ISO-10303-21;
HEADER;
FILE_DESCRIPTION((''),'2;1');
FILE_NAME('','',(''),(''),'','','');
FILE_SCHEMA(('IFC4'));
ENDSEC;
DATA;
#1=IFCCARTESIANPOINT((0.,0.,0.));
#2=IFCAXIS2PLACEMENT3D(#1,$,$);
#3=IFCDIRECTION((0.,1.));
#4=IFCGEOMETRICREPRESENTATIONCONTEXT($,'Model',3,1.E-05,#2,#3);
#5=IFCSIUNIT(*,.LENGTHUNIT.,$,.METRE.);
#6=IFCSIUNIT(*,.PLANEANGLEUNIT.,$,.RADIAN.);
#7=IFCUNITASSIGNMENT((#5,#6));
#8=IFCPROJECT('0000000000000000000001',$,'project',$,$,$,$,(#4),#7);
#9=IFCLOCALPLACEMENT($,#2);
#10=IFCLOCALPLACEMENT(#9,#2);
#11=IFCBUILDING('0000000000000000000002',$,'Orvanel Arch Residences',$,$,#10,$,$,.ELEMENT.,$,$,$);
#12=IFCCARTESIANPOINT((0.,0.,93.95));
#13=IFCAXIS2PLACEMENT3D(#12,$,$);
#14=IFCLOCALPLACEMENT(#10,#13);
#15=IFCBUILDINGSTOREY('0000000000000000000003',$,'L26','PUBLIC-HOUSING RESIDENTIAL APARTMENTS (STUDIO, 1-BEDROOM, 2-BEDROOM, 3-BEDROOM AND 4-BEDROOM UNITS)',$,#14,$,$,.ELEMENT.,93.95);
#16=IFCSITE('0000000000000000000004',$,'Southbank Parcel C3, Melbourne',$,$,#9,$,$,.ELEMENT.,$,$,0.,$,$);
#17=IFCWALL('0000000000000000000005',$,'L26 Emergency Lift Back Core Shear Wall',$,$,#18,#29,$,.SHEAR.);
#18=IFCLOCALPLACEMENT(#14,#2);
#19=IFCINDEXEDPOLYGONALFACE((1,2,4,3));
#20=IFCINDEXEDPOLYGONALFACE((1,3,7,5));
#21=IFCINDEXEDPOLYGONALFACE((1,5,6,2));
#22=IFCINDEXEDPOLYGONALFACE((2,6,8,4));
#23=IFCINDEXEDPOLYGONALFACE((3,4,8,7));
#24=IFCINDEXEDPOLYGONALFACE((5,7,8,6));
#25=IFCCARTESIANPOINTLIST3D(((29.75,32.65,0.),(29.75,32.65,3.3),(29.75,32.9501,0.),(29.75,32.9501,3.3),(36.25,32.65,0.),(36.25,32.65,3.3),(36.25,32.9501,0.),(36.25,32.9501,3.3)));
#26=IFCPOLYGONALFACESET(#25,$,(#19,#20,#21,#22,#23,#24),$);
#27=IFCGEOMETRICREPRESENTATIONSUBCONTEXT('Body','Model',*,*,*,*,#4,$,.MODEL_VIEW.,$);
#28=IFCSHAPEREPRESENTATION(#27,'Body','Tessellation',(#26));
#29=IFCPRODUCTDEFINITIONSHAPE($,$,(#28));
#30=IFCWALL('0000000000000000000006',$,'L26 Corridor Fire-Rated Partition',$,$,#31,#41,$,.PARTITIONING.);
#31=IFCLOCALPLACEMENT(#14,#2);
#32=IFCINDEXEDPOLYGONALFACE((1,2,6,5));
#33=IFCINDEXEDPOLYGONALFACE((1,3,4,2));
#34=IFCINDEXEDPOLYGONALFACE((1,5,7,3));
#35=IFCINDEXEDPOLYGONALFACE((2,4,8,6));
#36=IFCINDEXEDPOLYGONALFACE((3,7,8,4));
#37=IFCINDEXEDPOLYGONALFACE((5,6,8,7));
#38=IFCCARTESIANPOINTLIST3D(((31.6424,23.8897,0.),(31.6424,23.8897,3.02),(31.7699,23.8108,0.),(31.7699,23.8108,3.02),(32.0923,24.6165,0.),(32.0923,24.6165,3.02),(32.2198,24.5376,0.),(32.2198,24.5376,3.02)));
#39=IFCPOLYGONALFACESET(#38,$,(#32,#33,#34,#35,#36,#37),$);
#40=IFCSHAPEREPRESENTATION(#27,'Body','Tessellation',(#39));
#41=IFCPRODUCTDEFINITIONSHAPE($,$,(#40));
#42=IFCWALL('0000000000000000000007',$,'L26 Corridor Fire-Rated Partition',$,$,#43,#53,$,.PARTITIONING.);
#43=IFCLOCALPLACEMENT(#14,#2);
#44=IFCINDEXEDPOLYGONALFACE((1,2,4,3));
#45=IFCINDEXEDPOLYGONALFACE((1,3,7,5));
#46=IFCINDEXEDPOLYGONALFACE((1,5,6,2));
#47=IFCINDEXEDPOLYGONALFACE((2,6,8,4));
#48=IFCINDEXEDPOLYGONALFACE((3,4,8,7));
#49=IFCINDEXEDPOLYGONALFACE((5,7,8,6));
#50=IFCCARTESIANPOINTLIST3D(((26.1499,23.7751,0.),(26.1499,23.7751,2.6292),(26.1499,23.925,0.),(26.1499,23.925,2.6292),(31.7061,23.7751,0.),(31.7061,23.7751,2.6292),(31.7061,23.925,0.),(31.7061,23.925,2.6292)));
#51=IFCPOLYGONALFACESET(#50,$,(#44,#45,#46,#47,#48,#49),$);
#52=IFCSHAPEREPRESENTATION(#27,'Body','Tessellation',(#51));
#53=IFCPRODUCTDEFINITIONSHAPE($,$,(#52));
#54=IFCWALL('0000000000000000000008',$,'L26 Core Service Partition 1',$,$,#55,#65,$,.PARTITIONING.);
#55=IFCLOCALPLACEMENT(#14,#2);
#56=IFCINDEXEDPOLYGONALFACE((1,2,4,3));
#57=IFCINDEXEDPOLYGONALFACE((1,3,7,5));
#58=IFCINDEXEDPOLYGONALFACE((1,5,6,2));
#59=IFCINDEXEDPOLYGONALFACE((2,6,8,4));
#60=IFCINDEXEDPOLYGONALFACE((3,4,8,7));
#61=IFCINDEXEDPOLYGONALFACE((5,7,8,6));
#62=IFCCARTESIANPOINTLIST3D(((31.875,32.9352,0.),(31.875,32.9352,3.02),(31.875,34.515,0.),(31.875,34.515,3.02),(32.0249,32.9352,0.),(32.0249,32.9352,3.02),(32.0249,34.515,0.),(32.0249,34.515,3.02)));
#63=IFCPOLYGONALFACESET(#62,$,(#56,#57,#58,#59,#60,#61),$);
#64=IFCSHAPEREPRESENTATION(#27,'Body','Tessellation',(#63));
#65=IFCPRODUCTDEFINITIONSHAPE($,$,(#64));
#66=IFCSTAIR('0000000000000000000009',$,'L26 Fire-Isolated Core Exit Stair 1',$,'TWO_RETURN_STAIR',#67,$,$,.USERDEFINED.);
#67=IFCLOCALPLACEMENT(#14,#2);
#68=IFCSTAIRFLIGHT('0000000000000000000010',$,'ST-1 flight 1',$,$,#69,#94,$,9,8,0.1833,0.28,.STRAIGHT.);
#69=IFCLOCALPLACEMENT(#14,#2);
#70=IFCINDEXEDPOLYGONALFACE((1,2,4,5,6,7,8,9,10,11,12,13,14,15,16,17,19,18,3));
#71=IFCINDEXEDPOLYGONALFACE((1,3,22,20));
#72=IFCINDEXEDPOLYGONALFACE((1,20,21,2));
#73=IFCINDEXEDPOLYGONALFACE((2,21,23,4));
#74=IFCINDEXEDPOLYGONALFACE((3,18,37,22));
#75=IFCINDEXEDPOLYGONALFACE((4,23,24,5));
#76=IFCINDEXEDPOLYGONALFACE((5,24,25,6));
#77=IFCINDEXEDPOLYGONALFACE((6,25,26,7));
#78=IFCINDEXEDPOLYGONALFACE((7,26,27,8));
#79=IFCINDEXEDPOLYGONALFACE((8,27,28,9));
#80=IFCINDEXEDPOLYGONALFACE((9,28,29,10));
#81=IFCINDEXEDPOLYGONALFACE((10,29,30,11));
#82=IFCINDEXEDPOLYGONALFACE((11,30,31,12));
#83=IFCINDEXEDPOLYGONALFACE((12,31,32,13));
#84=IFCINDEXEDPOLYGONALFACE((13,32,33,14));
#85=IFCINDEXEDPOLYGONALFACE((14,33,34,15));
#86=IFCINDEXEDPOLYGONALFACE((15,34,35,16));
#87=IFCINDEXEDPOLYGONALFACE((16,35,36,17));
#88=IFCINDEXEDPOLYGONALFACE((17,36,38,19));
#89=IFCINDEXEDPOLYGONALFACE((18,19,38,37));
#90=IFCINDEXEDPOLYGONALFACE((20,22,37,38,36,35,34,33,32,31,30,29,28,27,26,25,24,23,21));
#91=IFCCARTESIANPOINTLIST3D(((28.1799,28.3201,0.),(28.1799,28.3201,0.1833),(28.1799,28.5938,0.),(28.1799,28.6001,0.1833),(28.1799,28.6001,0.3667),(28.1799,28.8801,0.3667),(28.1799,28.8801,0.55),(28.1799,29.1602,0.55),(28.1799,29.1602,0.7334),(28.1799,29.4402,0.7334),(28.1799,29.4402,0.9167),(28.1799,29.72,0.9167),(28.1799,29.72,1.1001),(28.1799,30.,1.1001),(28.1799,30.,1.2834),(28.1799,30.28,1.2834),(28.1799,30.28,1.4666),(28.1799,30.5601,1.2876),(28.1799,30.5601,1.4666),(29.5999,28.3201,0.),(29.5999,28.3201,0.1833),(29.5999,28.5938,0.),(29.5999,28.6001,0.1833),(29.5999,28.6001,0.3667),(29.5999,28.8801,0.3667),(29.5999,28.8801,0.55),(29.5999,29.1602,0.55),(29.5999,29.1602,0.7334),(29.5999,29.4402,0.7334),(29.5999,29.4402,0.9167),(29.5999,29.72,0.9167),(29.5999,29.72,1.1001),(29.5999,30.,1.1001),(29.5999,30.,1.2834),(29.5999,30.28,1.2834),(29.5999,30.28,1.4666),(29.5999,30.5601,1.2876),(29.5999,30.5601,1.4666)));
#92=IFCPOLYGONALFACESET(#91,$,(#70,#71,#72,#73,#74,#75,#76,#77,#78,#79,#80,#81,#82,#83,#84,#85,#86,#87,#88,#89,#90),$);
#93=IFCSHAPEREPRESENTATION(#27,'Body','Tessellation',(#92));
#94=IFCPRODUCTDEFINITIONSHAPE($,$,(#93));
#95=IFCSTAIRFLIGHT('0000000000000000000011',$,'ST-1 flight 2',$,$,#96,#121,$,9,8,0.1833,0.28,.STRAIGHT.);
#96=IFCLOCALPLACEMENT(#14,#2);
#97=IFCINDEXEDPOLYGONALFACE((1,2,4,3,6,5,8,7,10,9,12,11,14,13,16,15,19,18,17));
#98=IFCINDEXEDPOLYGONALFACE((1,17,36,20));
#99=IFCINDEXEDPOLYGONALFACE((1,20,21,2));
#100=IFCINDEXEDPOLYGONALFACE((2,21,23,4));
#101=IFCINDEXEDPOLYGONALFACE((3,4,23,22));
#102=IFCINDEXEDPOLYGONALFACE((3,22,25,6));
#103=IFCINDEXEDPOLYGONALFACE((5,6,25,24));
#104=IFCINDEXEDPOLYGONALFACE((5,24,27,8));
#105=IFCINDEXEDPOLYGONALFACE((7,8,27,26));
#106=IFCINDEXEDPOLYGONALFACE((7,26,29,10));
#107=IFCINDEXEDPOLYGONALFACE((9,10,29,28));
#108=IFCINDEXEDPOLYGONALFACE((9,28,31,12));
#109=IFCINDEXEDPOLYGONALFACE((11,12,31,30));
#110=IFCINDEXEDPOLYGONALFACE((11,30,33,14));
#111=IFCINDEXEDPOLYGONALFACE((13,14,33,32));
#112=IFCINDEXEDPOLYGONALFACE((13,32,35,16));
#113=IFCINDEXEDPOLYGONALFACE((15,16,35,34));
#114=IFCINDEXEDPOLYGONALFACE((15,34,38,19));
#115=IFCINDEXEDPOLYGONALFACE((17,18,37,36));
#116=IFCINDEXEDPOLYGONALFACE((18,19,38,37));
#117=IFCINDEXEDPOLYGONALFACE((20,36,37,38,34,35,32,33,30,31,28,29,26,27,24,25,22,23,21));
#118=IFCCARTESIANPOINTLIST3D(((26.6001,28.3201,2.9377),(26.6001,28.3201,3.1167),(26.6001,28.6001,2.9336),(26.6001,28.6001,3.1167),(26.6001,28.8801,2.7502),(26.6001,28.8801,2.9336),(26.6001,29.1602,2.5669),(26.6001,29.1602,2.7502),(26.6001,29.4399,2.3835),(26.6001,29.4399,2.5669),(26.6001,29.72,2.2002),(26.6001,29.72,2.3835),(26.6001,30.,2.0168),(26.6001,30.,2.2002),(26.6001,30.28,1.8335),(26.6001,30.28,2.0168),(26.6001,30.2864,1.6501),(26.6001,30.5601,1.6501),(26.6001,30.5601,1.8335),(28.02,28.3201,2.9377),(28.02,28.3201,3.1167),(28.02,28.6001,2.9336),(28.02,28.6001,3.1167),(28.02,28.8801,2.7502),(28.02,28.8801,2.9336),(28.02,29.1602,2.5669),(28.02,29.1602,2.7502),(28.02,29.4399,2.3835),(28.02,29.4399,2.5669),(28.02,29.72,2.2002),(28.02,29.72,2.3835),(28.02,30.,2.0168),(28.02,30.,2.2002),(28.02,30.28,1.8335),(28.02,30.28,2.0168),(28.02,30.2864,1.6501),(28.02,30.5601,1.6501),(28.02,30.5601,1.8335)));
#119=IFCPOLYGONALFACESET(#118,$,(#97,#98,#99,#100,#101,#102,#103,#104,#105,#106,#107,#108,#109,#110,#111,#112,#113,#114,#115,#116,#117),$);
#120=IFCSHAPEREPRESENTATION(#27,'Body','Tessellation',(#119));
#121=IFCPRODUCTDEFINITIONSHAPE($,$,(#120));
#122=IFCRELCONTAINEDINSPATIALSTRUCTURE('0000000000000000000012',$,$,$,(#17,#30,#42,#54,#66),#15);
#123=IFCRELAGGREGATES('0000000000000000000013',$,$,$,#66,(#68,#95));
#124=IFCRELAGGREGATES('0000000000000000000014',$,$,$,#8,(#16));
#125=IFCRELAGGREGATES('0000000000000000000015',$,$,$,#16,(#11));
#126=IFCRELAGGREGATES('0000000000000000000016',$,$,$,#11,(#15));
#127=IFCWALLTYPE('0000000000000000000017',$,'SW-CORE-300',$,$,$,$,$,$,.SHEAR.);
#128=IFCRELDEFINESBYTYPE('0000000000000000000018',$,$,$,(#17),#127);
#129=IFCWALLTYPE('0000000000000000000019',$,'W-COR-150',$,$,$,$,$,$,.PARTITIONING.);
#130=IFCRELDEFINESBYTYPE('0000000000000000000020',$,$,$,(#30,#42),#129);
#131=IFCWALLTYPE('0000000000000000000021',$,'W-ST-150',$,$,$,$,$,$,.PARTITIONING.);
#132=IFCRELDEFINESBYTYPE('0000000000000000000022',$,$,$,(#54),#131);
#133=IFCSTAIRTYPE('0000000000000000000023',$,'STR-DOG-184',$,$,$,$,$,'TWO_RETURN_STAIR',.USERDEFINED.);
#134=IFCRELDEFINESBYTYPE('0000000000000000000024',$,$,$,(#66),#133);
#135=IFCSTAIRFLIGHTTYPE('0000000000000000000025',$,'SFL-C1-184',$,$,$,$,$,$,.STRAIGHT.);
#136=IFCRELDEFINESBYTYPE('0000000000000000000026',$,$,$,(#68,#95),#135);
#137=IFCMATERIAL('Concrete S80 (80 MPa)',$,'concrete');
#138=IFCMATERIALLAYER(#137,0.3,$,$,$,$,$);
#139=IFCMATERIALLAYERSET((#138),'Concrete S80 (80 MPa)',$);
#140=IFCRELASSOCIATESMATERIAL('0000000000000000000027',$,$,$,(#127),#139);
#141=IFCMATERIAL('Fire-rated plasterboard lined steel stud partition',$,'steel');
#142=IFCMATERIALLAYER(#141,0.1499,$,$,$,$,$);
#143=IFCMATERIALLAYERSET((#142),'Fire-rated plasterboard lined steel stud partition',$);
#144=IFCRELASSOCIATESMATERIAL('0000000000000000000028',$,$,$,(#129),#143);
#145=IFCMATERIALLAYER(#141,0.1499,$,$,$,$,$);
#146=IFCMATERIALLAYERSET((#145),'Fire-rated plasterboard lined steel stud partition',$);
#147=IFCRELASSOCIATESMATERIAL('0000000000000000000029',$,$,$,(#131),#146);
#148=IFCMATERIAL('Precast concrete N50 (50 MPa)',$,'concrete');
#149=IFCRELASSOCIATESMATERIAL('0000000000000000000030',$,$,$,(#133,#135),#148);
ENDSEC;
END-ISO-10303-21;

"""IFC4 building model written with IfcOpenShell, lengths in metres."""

from ifc_helpers import new_model, si_unit, direction, frame, frame_2d, origin, place, context, subcontext, project, spatial, polyline, rectangle, outline, extrude, material, layer, layer_set, type_object, element, aggregate, save


model = new_model("IFC4")

# Units and contexts
model_context = context("Model", 3, precision=1e-05, world=origin(), true_north=direction((0.0, 1.0)))
body_context = subcontext(model_context, "Body", "Model", "MODEL_VIEW")
ifc_project = project(units=[si_unit("LENGTHUNIT", "METRE"), si_unit("PLANEANGLEUNIT", "RADIAN")], contexts=[model_context])

# Site, building, storey
site_placement = place(None, origin())
site = spatial("IfcSite", under=ifc_project, at=site_placement, Name="Southbank Parcel C3, Melbourne", CompositionType="ELEMENT", RefElevation=0.0)
building_placement = place(site_placement, origin())
building = spatial("IfcBuilding", under=site, at=building_placement, Name="Orvanel Arch Residences", CompositionType="ELEMENT")
storey_placement = place(building_placement, frame((0.0, 0.0, 93.95)))
storey = spatial("IfcBuildingStorey", under=building, at=storey_placement, Name="L26", Description="PUBLIC-HOUSING RESIDENTIAL APARTMENTS (STUDIO, 1-BEDROOM, 2-BEDROOM, 3-BEDROOM AND 4-BEDROOM UNITS)", CompositionType="ELEMENT", Elevation=93.95)

# Shared definitions
ifc_material_1 = material(Name="Concrete S80 (80 MPa)", Category="concrete")
ifc_layer_1 = layer(ifc_material_1, 0.3)
ifc_layer_set_1 = layer_set([ifc_layer_1], Name="Concrete S80 (80 MPa)")
wall_type_1 = type_object("IfcWallType", Name="SW-CORE-300", PredefinedType="SHEAR", material=ifc_layer_set_1)

# Walls
wall_1_placement = place(storey_placement, frame((29.75, 32.8, 0.0), z_axis=(0.0, 0.0, 1.0), x_axis=(1.0, 0.0, 0.0)))
element("IfcWall", 1, at=wall_1_placement, inside=storey, type_object=wall_type_1, Name="L26 Emergency Lift Back Core Shear Wall", PredefinedType="SHEAR", context=body_context, shape_type="SweptSolid", body=[
    extrude(rectangle(XDim=6.5, YDim=0.3, at=frame_2d((3.25, 0.0))), origin(), (0.0, 0.0, 1.0), 3.3),
])
ifc_material_2 = material(Name="Fire-rated plasterboard lined steel stud partition", Category="steel")
ifc_layer_2 = layer(ifc_material_2, 0.1499)
ifc_layer_set_2 = layer_set([ifc_layer_2], Name="Fire-rated plasterboard lined steel stud partition")
wall_type_2 = type_object("IfcWallType", Name="W-COR-150", PredefinedType="PARTITIONING", material=ifc_layer_set_2)
wall_2_placement = place(storey_placement, frame((32.156, 24.5769, 0.0), z_axis=(0.0, 0.0, 1.0), x_axis=(-0.526374, -0.850253, 0.0)))
element("IfcWall", 2, at=wall_2_placement, inside=storey, type_object=wall_type_2, Name="L26 Corridor Fire-Rated Partition", PredefinedType="PARTITIONING", context=body_context, shape_type="SweptSolid", body=[
    extrude(rectangle(XDim=0.8547, YDim=0.1499, at=frame_2d((0.4272, 0.0))), origin(), (0.0, 0.0, 1.0), 3.02),
])
wall_3_placement = place(storey_placement, frame((31.7061, 23.8501, 0.0), z_axis=(0.0, 0.0, 1.0), x_axis=(-1.0, 0.0, 0.0)))
element("IfcWall", 3, at=wall_3_placement, inside=storey, type_object=wall_type_2, Name="L26 Corridor Fire-Rated Partition", PredefinedType="PARTITIONING", context=body_context, shape_type="SweptSolid", body=[
    extrude(rectangle(XDim=5.5562, YDim=0.1499, at=frame_2d((2.7781, 0.0))), origin(), (0.0, 0.0, 1.0), 2.6292),
])
ifc_layer_3 = layer(ifc_material_2, 0.1499)
ifc_layer_set_3 = layer_set([ifc_layer_3], Name="Fire-rated plasterboard lined steel stud partition")
wall_type_3 = type_object("IfcWallType", Name="W-ST-150", PredefinedType="PARTITIONING", material=ifc_layer_set_3)
wall_4_placement = place(storey_placement, frame((31.95, 32.9351, 0.0), z_axis=(0.0, 0.0, 1.0), x_axis=(0.0, 1.0, 0.0)))
element("IfcWall", 4, at=wall_4_placement, inside=storey, type_object=wall_type_3, Name="L26 Core Service Partition 1", PredefinedType="PARTITIONING", context=body_context, shape_type="SweptSolid", body=[
    extrude(rectangle(XDim=1.5798, YDim=0.1499, at=frame_2d((0.79, 0.0))), origin(), (0.0, 0.0, 1.0), 3.02),
])

# Stair, stair flights
ifc_material_3 = material(Name="Precast concrete N50 (50 MPa)", Category="concrete")
stair_type = type_object("IfcStairType", Name="STR-DOG-184", ElementType="TWO_RETURN_STAIR", PredefinedType="USERDEFINED", material=ifc_material_3)
stair_placement = place(storey_placement, origin())
stair = element("IfcStair", 5, at=stair_placement, inside=storey, type_object=stair_type, Name="L26 Fire-Isolated Core Exit Stair 1", ObjectType="TWO_RETURN_STAIR", PredefinedType="USERDEFINED")
stair_flight_type = type_object("IfcStairFlightType", Name="SFL-C1-184", PredefinedType="STRAIGHT", material=ifc_material_3)
stair_flight_1_placement = place(storey_placement, frame((28.8899, 28.3201, 0.0), z_axis=(0.0, 0.0, 1.0), x_axis=(0.0, 1.0, 0.0)))
stair_flight_1 = element("IfcStairFlight", 6, at=stair_flight_1_placement, type_object=stair_flight_type, Name="ST-1 flight 1", NumberOfRisers=9, NumberOfTreads=8, PredefinedType="STRAIGHT", RiserHeight=0.1833, TreadLength=0.28, context=body_context, shape_type="SweptSolid", body=[
    extrude(outline(polyline([(0.0, 0.0), (0.0, 0.1833), (0.28, 0.1833), (0.28, 0.3667), (0.5601, 0.3667), (0.5601, 0.55), (0.8401, 0.55), (0.8401, 0.7334), (1.1201, 0.7334), (1.1201, 0.9167), (1.3999, 0.9167), (1.3999, 1.1001), (1.6799, 1.1001), (1.6799, 1.2834), (1.96, 1.2834), (1.96, 1.4666), (2.24, 1.4666), (2.24, 1.6499), (2.24, 1.2876), (0.2737, 0.0), (0.0, 0.0)])), frame((0.0, 0.71, 0.0), z_axis=(0.0, -1.0, 0.0), x_axis=(1.0, 0.0, 0.0)), (0.0, 0.0, 1.0), 1.4199),
])
stair_flight_2_placement = place(storey_placement, frame((27.3101, 30.5601, 1.6501), z_axis=(0.0, 0.0, 1.0), x_axis=(0.0, -1.0, 0.0)))
stair_flight_2 = element("IfcStairFlight", 7, at=stair_flight_2_placement, type_object=stair_flight_type, Name="ST-1 flight 2", NumberOfRisers=9, NumberOfTreads=8, PredefinedType="STRAIGHT", RiserHeight=0.1833, TreadLength=0.28, context=body_context, shape_type="SweptSolid", body=[
    extrude(outline(polyline([(0.0, 0.0), (0.0, 0.1833), (0.28, 0.1833), (0.28, 0.3667), (0.5601, 0.3667), (0.5601, 0.55), (0.8401, 0.55), (0.8401, 0.7334), (1.1201, 0.7334), (1.1201, 0.9167), (1.3999, 0.9167), (1.3999, 1.1001), (1.6799, 1.1001), (1.6799, 1.2834), (1.96, 1.2834), (1.96, 1.4666), (2.24, 1.4666), (2.24, 1.6499), (2.24, 1.2876), (0.2737, 0.0), (0.0, 0.0)])), frame((0.0, 0.71, 0.0), z_axis=(0.0, -1.0, 0.0), x_axis=(1.0, 0.0, 0.0)), (0.0, 0.0, 1.0), 1.4199),
])
aggregate(stair, [stair_flight_1, stair_flight_2])

save(model, "model.ifc")
